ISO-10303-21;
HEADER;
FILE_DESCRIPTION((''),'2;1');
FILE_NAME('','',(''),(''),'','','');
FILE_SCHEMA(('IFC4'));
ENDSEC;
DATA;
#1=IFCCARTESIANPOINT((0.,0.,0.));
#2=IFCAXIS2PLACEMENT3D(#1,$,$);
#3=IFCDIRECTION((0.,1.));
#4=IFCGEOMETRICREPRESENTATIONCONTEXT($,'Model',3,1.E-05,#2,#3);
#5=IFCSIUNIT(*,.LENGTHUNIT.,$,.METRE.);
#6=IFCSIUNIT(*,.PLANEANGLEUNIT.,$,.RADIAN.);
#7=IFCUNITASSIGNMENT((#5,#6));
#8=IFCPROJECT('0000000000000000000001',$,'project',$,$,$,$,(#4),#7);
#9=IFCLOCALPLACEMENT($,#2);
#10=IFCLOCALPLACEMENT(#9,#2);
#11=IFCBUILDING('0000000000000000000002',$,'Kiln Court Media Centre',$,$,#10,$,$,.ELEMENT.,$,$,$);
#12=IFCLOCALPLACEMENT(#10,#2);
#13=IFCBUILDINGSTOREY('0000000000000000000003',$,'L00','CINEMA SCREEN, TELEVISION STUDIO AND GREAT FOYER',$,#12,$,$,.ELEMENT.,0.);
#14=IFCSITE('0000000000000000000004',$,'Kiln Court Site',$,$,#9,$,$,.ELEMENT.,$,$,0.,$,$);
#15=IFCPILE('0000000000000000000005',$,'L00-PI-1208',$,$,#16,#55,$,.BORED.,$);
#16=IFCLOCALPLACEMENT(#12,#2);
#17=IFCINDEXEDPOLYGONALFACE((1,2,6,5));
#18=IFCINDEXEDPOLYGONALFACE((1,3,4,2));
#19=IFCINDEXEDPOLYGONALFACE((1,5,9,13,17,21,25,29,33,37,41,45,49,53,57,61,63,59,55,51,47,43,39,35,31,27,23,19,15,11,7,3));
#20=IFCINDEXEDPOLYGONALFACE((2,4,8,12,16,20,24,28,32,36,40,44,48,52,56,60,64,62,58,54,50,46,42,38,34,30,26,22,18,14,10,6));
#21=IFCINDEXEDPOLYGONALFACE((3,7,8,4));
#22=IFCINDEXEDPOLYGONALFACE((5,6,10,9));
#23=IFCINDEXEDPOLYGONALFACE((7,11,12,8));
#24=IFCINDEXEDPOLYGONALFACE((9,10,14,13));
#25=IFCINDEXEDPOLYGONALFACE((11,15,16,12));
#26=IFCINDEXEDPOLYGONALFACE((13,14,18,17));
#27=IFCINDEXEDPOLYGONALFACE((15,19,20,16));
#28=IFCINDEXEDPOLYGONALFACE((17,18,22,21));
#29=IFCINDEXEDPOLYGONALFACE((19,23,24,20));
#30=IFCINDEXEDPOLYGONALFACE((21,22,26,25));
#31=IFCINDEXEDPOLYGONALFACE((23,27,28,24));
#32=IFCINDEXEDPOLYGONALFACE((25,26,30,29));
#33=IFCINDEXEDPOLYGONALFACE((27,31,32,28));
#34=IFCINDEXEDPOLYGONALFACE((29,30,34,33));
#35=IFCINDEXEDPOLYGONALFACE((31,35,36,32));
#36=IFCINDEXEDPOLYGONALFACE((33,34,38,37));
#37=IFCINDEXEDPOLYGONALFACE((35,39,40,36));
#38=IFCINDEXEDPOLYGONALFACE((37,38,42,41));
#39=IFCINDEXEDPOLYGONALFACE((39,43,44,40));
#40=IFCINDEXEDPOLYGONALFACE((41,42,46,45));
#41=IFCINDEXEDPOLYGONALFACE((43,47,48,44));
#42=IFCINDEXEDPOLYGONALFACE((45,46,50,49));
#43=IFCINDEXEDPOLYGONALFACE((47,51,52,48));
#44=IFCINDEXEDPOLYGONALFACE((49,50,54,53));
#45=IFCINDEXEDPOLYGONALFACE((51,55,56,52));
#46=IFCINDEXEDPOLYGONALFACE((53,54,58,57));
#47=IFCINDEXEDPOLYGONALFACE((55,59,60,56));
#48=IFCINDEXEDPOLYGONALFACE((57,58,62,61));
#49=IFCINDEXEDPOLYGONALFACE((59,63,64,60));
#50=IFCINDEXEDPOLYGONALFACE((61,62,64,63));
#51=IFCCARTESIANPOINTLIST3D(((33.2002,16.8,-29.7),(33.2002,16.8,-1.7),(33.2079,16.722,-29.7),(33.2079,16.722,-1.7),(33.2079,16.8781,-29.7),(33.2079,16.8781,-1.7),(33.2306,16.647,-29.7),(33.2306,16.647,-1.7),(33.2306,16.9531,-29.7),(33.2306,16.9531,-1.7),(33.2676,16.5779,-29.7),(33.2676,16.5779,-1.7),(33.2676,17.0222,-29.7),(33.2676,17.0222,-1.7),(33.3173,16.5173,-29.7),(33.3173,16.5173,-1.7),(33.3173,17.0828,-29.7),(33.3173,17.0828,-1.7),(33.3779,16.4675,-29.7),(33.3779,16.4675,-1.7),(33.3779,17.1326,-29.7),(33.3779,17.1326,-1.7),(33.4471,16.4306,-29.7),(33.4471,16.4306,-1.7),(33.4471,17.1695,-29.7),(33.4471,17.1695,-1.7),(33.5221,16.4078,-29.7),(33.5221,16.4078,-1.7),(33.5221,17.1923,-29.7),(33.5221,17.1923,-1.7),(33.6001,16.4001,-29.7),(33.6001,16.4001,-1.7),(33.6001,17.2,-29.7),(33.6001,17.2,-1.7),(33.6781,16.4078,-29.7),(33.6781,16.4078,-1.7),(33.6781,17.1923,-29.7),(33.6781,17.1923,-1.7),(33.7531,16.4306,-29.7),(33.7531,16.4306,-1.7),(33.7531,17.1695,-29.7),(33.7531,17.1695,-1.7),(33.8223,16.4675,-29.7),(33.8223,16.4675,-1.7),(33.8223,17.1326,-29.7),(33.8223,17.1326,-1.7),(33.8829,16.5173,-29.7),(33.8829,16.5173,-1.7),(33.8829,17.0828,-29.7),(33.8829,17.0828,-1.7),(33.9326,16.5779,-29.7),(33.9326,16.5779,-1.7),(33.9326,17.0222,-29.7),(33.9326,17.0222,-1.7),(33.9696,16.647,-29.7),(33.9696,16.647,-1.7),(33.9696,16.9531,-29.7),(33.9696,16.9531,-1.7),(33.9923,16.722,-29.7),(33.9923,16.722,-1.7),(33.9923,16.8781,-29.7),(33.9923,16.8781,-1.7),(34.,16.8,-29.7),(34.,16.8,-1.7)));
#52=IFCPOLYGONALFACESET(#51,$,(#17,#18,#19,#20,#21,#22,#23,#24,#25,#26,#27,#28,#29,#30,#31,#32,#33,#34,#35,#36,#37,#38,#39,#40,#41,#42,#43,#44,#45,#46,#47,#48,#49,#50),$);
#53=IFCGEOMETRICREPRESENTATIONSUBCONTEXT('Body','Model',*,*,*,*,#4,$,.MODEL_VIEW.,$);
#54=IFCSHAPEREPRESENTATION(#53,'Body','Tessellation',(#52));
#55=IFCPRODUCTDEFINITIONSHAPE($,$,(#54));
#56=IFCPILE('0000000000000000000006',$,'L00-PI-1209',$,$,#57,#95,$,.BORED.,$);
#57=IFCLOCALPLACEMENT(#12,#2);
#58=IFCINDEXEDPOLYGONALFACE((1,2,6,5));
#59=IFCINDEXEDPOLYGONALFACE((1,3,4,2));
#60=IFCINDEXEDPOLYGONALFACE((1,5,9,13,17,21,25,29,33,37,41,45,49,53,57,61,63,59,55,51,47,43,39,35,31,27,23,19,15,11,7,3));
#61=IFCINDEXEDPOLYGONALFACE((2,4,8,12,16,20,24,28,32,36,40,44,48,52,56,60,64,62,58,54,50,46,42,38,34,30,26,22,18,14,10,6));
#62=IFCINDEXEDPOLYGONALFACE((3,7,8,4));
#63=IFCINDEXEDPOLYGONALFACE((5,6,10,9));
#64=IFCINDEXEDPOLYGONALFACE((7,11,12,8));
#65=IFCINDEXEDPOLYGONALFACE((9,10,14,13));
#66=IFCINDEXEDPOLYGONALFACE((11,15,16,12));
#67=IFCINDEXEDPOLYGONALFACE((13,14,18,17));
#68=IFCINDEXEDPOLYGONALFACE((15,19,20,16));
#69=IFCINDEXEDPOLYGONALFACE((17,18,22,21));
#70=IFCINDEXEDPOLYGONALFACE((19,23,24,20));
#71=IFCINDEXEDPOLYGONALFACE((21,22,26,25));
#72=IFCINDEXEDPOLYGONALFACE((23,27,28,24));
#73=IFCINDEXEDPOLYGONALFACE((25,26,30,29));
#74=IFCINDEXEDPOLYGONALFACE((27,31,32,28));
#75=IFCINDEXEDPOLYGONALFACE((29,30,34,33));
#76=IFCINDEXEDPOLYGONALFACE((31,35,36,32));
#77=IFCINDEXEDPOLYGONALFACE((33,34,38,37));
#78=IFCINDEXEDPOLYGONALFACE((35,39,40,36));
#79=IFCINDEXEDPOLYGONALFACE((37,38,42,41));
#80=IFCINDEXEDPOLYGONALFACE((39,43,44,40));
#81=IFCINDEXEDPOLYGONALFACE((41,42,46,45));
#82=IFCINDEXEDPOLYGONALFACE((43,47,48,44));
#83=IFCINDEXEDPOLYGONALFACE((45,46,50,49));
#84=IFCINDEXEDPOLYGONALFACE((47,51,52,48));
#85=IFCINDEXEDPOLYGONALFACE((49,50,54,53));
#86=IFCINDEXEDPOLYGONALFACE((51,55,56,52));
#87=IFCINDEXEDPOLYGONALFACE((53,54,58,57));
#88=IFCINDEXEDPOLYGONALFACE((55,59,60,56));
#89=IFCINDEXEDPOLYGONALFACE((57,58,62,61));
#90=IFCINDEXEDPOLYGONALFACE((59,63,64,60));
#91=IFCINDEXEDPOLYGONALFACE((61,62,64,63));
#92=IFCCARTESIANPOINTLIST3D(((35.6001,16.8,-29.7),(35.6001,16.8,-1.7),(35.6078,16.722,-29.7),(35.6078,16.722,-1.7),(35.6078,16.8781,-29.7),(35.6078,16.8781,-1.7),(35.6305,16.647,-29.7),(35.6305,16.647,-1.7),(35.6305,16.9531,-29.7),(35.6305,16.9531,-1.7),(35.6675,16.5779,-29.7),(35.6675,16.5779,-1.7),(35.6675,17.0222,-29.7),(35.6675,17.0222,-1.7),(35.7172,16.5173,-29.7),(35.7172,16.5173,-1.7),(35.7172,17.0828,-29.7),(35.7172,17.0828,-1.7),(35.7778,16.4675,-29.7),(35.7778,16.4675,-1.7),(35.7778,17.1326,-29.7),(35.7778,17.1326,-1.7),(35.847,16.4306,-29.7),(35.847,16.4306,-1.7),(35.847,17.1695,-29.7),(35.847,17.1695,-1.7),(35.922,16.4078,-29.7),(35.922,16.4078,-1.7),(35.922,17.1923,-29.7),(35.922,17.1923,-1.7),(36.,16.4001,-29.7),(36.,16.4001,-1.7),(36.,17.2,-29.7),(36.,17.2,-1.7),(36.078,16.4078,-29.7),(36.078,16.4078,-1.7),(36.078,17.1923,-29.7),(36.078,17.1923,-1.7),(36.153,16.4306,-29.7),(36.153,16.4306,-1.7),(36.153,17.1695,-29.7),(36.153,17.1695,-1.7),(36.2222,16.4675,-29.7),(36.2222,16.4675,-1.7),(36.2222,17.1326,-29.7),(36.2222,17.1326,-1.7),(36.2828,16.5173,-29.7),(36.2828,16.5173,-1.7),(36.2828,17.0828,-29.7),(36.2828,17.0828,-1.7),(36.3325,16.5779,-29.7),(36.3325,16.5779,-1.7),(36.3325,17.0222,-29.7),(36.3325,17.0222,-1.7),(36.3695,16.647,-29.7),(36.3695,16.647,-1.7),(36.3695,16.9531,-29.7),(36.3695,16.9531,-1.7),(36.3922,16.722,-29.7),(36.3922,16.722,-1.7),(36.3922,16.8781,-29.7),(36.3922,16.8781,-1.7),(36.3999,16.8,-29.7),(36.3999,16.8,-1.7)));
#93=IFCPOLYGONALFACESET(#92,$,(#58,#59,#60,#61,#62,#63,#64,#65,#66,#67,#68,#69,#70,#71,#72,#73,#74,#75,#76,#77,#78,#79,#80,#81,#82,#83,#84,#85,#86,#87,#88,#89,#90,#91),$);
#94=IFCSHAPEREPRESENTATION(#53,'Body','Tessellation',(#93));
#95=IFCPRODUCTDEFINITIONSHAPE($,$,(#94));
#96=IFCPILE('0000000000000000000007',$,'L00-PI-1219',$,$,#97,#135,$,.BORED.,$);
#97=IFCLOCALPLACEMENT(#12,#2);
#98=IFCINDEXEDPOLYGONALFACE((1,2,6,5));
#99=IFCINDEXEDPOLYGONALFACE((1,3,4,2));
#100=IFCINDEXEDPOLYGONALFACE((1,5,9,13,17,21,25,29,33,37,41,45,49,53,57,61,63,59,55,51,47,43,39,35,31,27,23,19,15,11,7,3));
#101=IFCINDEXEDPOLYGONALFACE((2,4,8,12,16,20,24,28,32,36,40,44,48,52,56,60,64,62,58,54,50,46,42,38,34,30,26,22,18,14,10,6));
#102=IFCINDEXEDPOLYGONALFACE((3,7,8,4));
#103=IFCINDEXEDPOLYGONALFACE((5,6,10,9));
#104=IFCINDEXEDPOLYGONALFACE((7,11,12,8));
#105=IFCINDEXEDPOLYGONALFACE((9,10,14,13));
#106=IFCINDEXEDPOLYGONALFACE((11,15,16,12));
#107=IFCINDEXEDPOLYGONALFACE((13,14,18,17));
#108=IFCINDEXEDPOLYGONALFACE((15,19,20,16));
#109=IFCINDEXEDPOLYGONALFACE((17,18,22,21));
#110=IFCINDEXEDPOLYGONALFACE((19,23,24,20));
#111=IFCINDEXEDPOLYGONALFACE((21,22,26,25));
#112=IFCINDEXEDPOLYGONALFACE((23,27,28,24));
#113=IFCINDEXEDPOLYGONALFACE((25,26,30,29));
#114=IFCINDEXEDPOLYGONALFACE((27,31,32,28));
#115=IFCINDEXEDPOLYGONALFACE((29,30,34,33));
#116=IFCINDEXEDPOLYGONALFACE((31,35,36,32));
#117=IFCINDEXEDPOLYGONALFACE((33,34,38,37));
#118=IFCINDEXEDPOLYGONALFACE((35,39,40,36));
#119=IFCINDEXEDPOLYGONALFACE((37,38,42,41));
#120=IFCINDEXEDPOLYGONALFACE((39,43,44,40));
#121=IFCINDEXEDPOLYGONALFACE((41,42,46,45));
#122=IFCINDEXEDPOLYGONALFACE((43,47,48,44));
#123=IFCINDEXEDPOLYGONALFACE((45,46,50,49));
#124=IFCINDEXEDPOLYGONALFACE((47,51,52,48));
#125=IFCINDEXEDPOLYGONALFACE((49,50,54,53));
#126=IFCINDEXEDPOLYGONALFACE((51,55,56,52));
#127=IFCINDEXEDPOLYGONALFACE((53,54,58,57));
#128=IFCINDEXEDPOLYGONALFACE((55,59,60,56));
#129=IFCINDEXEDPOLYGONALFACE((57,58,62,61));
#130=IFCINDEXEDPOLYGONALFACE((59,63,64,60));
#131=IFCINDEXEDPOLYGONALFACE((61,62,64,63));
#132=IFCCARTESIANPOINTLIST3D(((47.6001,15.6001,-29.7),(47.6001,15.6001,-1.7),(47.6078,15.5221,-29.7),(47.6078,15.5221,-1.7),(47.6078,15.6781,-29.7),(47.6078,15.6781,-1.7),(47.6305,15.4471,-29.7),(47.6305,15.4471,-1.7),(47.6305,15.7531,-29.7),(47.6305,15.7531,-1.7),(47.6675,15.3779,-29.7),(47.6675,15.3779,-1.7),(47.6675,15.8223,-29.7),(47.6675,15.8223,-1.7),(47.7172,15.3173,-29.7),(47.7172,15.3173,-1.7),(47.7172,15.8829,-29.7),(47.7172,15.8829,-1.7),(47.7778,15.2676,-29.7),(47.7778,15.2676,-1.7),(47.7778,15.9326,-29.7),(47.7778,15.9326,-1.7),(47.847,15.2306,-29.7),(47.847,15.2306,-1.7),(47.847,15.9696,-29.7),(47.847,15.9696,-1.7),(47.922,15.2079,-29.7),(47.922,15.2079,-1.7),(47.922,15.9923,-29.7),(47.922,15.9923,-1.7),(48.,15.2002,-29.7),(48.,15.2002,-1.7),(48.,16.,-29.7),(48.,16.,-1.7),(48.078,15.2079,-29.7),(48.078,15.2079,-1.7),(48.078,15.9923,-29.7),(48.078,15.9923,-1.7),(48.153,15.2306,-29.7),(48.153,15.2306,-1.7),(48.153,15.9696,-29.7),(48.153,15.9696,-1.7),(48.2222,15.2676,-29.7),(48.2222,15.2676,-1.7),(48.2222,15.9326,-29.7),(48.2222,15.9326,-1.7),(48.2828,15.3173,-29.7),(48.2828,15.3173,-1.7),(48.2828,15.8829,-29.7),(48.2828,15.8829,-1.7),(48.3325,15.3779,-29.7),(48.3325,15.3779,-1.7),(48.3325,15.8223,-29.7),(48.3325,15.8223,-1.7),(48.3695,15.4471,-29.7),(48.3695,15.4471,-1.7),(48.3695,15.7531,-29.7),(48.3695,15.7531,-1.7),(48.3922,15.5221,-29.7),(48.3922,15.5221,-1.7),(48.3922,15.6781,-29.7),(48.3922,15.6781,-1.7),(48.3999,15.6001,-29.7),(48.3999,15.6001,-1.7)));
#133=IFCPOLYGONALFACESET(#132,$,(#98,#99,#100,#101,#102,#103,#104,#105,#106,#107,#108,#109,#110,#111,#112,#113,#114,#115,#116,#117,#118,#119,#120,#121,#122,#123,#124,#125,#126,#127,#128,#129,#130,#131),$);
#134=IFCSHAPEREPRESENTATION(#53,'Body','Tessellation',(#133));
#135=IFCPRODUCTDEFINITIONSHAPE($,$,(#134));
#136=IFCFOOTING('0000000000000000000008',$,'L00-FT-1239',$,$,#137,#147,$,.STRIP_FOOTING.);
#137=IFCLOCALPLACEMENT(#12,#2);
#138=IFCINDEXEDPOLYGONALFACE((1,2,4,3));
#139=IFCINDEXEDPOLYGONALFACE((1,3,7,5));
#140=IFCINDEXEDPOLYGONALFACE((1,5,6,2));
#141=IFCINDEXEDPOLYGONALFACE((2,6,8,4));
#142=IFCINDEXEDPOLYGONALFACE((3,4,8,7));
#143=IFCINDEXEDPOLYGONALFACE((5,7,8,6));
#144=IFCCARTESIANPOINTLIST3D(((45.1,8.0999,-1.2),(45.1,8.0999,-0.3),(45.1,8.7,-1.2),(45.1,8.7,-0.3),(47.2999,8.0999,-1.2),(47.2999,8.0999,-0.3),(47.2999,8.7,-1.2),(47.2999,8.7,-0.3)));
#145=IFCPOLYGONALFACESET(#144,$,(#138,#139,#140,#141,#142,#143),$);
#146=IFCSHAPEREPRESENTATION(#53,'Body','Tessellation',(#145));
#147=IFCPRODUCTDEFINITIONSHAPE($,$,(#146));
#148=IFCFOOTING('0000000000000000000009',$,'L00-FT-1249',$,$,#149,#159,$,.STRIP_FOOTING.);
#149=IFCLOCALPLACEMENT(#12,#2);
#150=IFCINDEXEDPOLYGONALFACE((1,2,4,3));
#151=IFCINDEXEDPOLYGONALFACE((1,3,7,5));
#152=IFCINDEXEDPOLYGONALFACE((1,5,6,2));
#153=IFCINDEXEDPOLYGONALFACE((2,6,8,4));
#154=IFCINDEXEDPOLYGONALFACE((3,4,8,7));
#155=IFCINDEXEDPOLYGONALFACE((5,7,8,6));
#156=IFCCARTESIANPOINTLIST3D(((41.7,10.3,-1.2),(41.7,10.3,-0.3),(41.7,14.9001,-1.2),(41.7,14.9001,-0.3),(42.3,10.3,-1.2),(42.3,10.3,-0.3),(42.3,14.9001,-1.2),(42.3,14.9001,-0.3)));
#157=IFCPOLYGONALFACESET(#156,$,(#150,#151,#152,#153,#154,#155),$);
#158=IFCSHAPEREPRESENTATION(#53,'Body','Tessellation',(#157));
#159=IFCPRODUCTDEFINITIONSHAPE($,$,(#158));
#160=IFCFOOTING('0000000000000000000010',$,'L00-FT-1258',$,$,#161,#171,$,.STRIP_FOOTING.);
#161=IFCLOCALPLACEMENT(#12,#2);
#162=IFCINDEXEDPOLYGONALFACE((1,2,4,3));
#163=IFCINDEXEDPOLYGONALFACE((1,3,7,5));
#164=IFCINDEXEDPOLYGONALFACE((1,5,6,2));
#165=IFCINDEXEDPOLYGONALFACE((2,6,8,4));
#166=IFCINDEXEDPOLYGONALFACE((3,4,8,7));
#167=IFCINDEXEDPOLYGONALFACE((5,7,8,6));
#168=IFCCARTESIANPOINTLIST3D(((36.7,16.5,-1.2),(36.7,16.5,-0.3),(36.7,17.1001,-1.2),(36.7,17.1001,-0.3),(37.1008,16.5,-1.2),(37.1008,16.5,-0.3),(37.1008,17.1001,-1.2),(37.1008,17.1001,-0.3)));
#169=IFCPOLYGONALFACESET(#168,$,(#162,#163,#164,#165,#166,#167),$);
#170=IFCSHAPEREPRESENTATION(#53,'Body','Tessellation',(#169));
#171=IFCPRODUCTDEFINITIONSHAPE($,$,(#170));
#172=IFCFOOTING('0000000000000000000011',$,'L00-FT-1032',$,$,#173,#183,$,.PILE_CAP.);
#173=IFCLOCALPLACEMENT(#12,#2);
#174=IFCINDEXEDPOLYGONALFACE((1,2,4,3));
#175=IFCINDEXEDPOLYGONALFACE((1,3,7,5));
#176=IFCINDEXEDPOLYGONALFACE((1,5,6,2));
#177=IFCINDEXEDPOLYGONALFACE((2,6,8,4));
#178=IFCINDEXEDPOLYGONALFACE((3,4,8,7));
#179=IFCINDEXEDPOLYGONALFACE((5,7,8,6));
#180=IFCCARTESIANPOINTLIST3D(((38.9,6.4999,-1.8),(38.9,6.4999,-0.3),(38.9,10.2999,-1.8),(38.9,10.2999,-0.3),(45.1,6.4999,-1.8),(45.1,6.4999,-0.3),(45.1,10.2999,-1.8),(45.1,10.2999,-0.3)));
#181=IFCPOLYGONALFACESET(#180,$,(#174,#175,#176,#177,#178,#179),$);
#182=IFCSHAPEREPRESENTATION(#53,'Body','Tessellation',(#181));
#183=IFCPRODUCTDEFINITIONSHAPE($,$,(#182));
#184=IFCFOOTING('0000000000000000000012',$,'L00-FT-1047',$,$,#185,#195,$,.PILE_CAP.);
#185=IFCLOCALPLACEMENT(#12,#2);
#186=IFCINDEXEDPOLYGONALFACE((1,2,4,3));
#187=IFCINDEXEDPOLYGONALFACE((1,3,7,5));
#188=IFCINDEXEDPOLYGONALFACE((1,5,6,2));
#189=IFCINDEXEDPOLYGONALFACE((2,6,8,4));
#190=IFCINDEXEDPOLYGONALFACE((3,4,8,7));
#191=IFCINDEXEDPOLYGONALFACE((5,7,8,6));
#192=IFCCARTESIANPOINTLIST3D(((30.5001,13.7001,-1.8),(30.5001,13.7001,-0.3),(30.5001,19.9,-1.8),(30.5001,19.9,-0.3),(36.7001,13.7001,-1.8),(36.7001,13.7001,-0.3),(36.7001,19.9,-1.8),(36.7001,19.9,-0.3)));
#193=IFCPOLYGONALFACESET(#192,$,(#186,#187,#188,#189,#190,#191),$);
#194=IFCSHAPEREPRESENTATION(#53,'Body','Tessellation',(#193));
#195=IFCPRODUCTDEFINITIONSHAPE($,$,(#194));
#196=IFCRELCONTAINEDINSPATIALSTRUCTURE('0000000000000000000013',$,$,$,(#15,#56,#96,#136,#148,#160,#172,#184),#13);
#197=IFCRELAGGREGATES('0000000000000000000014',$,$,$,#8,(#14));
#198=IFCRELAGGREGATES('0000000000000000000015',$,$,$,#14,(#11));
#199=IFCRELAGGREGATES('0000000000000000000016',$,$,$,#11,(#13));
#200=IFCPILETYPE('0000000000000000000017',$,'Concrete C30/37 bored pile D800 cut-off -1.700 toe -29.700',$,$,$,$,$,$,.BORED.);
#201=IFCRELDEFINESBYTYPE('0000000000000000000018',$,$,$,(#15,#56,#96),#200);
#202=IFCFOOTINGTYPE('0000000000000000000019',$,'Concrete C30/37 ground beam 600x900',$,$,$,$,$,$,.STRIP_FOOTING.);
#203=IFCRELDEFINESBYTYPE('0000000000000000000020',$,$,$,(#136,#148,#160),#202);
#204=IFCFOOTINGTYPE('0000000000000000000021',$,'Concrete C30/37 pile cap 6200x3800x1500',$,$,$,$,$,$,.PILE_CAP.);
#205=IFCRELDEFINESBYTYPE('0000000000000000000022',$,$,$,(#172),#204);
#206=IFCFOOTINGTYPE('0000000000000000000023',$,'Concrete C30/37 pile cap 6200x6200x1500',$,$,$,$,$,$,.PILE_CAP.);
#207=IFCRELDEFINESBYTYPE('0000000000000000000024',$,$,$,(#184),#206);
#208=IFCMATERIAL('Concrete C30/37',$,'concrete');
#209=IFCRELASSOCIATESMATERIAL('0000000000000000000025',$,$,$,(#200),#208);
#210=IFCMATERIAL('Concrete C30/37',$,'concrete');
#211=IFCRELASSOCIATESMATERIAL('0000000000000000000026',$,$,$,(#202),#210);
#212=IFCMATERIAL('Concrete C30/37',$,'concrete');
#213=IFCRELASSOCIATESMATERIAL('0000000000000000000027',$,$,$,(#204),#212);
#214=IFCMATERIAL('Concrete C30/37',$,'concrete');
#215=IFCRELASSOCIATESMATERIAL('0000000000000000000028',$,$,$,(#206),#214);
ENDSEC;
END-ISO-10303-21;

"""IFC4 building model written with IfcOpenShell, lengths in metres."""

from ifc_helpers import new_model, si_unit, direction, frame, origin, origin_2d, place, context, subcontext, project, spatial, rectangle, circle, extrude, material, material_profile, profile_set, type_object, element, save


model = new_model("IFC4")

# Units and contexts
model_context = context("Model", 3, precision=1e-05, world=origin(), true_north=direction((0.0, 1.0)))
body_context = subcontext(model_context, "Body", "Model", "MODEL_VIEW")
ifc_project = project(units=[si_unit("LENGTHUNIT", "METRE"), si_unit("PLANEANGLEUNIT", "RADIAN")], contexts=[model_context])

# Site, building, storey
site_placement = place(None, origin())
site = spatial("IfcSite", under=ifc_project, at=site_placement, Name="Kiln Court Site", CompositionType="ELEMENT", RefElevation=0.0)
building_placement = place(site_placement, origin())
building = spatial("IfcBuilding", under=site, at=building_placement, Name="Kiln Court Media Centre", CompositionType="ELEMENT")
storey_placement = place(building_placement, origin())
storey = spatial("IfcBuildingStorey", under=building, at=storey_placement, Name="L00", Description="CINEMA SCREEN, TELEVISION STUDIO AND GREAT FOYER", CompositionType="ELEMENT", Elevation=0.0)

# Piles
ifc_material_1 = material(Name="Concrete C30/37", Category="concrete")
ifc_material_profile_1 = material_profile(ifc_material_1, circle(Radius=0.3999, at=origin_2d()), Name="PILE D800")
ifc_profile_set_1 = profile_set([ifc_material_profile_1], Name="Concrete C30/37")
pile_type_1 = type_object("IfcPileType", Name="Concrete C30/37 bored pile D800 cut-off -1.700 toe -29.700", PredefinedType="BORED", material=ifc_profile_set_1)
for number, where, z_axis, x_axis, name in (
    (1, (33.6001, 16.8, -1.7), (0.0, 0.0, -1.0), (1.0, 0.0, 0.0), "L00-PI-1208"),
    (2, (36.0, 16.8, -1.7), (0.0, 0.0, -1.0), (1.0, 0.0, 0.0), "L00-PI-1209"),
    (3, (48.0, 15.6001, -1.7), (0.0, 0.0, -1.0), (1.0, 0.0, 0.0), "L00-PI-1219"),
):
    element("IfcPile", number, at=place(storey_placement, frame(where, z_axis=z_axis, x_axis=x_axis)), inside=storey, type_object=pile_type_1, Name=name, PredefinedType="BORED", context=body_context, shape_type="SweptSolid", body=[
        extrude(circle(Radius=0.3999, at=origin_2d()), origin(), (0.0, 0.0, 1.0), 28.0),
    ])

# Footings
ifc_material_2 = material(Name="Concrete C30/37", Category="concrete")
footing_type_1 = type_object("IfcFootingType", Name="Concrete C30/37 ground beam 600x900", PredefinedType="STRIP_FOOTING", material=ifc_material_2)
footing_1_placement = place(storey_placement, frame((46.2, 8.3999, -1.2), z_axis=(0.0, 0.0, 1.0), x_axis=(1.0, 0.0, 0.0)))
element("IfcFooting", 4, at=footing_1_placement, inside=storey, type_object=footing_type_1, Name="L00-FT-1239", PredefinedType="STRIP_FOOTING", context=body_context, shape_type="SweptSolid", body=[
    extrude(rectangle(XDim=2.2, YDim=0.6001, at=origin_2d()), origin(), (0.0, 0.0, 1.0), 0.8999),
])
footing_2_placement = place(storey_placement, frame((42.0, 12.6001, -1.2), z_axis=(0.0, 0.0, 1.0), x_axis=(1.0, 0.0, 0.0)))
element("IfcFooting", 5, at=footing_2_placement, inside=storey, type_object=footing_type_1, Name="L00-FT-1249", PredefinedType="STRIP_FOOTING", context=body_context, shape_type="SweptSolid", body=[
    extrude(rectangle(XDim=0.6001, YDim=4.6001, at=origin_2d()), origin(), (0.0, 0.0, 1.0), 0.8999),
])
footing_3_placement = place(storey_placement, frame((36.9004, 16.8, -1.2), z_axis=(0.0, 0.0, 1.0), x_axis=(1.0, 0.0, 0.0)))
element("IfcFooting", 6, at=footing_3_placement, inside=storey, type_object=footing_type_1, Name="L00-FT-1258", PredefinedType="STRIP_FOOTING", context=body_context, shape_type="SweptSolid", body=[
    extrude(rectangle(XDim=0.4009, YDim=0.6001, at=origin_2d()), origin(), (0.0, 0.0, 1.0), 0.8999),
])
ifc_material_3 = material(Name="Concrete C30/37", Category="concrete")
footing_type_2 = type_object("IfcFootingType", Name="Concrete C30/37 pile cap 6200x3800x1500", PredefinedType="PILE_CAP", material=ifc_material_3)
footing_4_placement = place(storey_placement, frame((42.0, 8.3999, -1.8), z_axis=(0.0, 0.0, 1.0), x_axis=(1.0, 0.0, 0.0)))
element("IfcFooting", 7, at=footing_4_placement, inside=storey, type_object=footing_type_2, Name="L00-FT-1032", PredefinedType="PILE_CAP", context=body_context, shape_type="SweptSolid", body=[
    extrude(rectangle(XDim=6.2, YDim=3.8, at=origin_2d()), origin(), (0.0, 0.0, 1.0), 1.5),
])
ifc_material_4 = material(Name="Concrete C30/37", Category="concrete")
footing_type_3 = type_object("IfcFootingType", Name="Concrete C30/37 pile cap 6200x6200x1500", PredefinedType="PILE_CAP", material=ifc_material_4)
footing_5_placement = place(storey_placement, frame((33.6001, 16.8, -1.8), z_axis=(0.0, 0.0, 1.0), x_axis=(1.0, 0.0, 0.0)))
element("IfcFooting", 8, at=footing_5_placement, inside=storey, type_object=footing_type_3, Name="L00-FT-1047", PredefinedType="PILE_CAP", context=body_context, shape_type="SweptSolid", body=[
    extrude(rectangle(XDim=6.2, YDim=6.2, at=origin_2d()), origin(), (0.0, 0.0, 1.0), 1.5),
])

save(model, "model.ifc")
